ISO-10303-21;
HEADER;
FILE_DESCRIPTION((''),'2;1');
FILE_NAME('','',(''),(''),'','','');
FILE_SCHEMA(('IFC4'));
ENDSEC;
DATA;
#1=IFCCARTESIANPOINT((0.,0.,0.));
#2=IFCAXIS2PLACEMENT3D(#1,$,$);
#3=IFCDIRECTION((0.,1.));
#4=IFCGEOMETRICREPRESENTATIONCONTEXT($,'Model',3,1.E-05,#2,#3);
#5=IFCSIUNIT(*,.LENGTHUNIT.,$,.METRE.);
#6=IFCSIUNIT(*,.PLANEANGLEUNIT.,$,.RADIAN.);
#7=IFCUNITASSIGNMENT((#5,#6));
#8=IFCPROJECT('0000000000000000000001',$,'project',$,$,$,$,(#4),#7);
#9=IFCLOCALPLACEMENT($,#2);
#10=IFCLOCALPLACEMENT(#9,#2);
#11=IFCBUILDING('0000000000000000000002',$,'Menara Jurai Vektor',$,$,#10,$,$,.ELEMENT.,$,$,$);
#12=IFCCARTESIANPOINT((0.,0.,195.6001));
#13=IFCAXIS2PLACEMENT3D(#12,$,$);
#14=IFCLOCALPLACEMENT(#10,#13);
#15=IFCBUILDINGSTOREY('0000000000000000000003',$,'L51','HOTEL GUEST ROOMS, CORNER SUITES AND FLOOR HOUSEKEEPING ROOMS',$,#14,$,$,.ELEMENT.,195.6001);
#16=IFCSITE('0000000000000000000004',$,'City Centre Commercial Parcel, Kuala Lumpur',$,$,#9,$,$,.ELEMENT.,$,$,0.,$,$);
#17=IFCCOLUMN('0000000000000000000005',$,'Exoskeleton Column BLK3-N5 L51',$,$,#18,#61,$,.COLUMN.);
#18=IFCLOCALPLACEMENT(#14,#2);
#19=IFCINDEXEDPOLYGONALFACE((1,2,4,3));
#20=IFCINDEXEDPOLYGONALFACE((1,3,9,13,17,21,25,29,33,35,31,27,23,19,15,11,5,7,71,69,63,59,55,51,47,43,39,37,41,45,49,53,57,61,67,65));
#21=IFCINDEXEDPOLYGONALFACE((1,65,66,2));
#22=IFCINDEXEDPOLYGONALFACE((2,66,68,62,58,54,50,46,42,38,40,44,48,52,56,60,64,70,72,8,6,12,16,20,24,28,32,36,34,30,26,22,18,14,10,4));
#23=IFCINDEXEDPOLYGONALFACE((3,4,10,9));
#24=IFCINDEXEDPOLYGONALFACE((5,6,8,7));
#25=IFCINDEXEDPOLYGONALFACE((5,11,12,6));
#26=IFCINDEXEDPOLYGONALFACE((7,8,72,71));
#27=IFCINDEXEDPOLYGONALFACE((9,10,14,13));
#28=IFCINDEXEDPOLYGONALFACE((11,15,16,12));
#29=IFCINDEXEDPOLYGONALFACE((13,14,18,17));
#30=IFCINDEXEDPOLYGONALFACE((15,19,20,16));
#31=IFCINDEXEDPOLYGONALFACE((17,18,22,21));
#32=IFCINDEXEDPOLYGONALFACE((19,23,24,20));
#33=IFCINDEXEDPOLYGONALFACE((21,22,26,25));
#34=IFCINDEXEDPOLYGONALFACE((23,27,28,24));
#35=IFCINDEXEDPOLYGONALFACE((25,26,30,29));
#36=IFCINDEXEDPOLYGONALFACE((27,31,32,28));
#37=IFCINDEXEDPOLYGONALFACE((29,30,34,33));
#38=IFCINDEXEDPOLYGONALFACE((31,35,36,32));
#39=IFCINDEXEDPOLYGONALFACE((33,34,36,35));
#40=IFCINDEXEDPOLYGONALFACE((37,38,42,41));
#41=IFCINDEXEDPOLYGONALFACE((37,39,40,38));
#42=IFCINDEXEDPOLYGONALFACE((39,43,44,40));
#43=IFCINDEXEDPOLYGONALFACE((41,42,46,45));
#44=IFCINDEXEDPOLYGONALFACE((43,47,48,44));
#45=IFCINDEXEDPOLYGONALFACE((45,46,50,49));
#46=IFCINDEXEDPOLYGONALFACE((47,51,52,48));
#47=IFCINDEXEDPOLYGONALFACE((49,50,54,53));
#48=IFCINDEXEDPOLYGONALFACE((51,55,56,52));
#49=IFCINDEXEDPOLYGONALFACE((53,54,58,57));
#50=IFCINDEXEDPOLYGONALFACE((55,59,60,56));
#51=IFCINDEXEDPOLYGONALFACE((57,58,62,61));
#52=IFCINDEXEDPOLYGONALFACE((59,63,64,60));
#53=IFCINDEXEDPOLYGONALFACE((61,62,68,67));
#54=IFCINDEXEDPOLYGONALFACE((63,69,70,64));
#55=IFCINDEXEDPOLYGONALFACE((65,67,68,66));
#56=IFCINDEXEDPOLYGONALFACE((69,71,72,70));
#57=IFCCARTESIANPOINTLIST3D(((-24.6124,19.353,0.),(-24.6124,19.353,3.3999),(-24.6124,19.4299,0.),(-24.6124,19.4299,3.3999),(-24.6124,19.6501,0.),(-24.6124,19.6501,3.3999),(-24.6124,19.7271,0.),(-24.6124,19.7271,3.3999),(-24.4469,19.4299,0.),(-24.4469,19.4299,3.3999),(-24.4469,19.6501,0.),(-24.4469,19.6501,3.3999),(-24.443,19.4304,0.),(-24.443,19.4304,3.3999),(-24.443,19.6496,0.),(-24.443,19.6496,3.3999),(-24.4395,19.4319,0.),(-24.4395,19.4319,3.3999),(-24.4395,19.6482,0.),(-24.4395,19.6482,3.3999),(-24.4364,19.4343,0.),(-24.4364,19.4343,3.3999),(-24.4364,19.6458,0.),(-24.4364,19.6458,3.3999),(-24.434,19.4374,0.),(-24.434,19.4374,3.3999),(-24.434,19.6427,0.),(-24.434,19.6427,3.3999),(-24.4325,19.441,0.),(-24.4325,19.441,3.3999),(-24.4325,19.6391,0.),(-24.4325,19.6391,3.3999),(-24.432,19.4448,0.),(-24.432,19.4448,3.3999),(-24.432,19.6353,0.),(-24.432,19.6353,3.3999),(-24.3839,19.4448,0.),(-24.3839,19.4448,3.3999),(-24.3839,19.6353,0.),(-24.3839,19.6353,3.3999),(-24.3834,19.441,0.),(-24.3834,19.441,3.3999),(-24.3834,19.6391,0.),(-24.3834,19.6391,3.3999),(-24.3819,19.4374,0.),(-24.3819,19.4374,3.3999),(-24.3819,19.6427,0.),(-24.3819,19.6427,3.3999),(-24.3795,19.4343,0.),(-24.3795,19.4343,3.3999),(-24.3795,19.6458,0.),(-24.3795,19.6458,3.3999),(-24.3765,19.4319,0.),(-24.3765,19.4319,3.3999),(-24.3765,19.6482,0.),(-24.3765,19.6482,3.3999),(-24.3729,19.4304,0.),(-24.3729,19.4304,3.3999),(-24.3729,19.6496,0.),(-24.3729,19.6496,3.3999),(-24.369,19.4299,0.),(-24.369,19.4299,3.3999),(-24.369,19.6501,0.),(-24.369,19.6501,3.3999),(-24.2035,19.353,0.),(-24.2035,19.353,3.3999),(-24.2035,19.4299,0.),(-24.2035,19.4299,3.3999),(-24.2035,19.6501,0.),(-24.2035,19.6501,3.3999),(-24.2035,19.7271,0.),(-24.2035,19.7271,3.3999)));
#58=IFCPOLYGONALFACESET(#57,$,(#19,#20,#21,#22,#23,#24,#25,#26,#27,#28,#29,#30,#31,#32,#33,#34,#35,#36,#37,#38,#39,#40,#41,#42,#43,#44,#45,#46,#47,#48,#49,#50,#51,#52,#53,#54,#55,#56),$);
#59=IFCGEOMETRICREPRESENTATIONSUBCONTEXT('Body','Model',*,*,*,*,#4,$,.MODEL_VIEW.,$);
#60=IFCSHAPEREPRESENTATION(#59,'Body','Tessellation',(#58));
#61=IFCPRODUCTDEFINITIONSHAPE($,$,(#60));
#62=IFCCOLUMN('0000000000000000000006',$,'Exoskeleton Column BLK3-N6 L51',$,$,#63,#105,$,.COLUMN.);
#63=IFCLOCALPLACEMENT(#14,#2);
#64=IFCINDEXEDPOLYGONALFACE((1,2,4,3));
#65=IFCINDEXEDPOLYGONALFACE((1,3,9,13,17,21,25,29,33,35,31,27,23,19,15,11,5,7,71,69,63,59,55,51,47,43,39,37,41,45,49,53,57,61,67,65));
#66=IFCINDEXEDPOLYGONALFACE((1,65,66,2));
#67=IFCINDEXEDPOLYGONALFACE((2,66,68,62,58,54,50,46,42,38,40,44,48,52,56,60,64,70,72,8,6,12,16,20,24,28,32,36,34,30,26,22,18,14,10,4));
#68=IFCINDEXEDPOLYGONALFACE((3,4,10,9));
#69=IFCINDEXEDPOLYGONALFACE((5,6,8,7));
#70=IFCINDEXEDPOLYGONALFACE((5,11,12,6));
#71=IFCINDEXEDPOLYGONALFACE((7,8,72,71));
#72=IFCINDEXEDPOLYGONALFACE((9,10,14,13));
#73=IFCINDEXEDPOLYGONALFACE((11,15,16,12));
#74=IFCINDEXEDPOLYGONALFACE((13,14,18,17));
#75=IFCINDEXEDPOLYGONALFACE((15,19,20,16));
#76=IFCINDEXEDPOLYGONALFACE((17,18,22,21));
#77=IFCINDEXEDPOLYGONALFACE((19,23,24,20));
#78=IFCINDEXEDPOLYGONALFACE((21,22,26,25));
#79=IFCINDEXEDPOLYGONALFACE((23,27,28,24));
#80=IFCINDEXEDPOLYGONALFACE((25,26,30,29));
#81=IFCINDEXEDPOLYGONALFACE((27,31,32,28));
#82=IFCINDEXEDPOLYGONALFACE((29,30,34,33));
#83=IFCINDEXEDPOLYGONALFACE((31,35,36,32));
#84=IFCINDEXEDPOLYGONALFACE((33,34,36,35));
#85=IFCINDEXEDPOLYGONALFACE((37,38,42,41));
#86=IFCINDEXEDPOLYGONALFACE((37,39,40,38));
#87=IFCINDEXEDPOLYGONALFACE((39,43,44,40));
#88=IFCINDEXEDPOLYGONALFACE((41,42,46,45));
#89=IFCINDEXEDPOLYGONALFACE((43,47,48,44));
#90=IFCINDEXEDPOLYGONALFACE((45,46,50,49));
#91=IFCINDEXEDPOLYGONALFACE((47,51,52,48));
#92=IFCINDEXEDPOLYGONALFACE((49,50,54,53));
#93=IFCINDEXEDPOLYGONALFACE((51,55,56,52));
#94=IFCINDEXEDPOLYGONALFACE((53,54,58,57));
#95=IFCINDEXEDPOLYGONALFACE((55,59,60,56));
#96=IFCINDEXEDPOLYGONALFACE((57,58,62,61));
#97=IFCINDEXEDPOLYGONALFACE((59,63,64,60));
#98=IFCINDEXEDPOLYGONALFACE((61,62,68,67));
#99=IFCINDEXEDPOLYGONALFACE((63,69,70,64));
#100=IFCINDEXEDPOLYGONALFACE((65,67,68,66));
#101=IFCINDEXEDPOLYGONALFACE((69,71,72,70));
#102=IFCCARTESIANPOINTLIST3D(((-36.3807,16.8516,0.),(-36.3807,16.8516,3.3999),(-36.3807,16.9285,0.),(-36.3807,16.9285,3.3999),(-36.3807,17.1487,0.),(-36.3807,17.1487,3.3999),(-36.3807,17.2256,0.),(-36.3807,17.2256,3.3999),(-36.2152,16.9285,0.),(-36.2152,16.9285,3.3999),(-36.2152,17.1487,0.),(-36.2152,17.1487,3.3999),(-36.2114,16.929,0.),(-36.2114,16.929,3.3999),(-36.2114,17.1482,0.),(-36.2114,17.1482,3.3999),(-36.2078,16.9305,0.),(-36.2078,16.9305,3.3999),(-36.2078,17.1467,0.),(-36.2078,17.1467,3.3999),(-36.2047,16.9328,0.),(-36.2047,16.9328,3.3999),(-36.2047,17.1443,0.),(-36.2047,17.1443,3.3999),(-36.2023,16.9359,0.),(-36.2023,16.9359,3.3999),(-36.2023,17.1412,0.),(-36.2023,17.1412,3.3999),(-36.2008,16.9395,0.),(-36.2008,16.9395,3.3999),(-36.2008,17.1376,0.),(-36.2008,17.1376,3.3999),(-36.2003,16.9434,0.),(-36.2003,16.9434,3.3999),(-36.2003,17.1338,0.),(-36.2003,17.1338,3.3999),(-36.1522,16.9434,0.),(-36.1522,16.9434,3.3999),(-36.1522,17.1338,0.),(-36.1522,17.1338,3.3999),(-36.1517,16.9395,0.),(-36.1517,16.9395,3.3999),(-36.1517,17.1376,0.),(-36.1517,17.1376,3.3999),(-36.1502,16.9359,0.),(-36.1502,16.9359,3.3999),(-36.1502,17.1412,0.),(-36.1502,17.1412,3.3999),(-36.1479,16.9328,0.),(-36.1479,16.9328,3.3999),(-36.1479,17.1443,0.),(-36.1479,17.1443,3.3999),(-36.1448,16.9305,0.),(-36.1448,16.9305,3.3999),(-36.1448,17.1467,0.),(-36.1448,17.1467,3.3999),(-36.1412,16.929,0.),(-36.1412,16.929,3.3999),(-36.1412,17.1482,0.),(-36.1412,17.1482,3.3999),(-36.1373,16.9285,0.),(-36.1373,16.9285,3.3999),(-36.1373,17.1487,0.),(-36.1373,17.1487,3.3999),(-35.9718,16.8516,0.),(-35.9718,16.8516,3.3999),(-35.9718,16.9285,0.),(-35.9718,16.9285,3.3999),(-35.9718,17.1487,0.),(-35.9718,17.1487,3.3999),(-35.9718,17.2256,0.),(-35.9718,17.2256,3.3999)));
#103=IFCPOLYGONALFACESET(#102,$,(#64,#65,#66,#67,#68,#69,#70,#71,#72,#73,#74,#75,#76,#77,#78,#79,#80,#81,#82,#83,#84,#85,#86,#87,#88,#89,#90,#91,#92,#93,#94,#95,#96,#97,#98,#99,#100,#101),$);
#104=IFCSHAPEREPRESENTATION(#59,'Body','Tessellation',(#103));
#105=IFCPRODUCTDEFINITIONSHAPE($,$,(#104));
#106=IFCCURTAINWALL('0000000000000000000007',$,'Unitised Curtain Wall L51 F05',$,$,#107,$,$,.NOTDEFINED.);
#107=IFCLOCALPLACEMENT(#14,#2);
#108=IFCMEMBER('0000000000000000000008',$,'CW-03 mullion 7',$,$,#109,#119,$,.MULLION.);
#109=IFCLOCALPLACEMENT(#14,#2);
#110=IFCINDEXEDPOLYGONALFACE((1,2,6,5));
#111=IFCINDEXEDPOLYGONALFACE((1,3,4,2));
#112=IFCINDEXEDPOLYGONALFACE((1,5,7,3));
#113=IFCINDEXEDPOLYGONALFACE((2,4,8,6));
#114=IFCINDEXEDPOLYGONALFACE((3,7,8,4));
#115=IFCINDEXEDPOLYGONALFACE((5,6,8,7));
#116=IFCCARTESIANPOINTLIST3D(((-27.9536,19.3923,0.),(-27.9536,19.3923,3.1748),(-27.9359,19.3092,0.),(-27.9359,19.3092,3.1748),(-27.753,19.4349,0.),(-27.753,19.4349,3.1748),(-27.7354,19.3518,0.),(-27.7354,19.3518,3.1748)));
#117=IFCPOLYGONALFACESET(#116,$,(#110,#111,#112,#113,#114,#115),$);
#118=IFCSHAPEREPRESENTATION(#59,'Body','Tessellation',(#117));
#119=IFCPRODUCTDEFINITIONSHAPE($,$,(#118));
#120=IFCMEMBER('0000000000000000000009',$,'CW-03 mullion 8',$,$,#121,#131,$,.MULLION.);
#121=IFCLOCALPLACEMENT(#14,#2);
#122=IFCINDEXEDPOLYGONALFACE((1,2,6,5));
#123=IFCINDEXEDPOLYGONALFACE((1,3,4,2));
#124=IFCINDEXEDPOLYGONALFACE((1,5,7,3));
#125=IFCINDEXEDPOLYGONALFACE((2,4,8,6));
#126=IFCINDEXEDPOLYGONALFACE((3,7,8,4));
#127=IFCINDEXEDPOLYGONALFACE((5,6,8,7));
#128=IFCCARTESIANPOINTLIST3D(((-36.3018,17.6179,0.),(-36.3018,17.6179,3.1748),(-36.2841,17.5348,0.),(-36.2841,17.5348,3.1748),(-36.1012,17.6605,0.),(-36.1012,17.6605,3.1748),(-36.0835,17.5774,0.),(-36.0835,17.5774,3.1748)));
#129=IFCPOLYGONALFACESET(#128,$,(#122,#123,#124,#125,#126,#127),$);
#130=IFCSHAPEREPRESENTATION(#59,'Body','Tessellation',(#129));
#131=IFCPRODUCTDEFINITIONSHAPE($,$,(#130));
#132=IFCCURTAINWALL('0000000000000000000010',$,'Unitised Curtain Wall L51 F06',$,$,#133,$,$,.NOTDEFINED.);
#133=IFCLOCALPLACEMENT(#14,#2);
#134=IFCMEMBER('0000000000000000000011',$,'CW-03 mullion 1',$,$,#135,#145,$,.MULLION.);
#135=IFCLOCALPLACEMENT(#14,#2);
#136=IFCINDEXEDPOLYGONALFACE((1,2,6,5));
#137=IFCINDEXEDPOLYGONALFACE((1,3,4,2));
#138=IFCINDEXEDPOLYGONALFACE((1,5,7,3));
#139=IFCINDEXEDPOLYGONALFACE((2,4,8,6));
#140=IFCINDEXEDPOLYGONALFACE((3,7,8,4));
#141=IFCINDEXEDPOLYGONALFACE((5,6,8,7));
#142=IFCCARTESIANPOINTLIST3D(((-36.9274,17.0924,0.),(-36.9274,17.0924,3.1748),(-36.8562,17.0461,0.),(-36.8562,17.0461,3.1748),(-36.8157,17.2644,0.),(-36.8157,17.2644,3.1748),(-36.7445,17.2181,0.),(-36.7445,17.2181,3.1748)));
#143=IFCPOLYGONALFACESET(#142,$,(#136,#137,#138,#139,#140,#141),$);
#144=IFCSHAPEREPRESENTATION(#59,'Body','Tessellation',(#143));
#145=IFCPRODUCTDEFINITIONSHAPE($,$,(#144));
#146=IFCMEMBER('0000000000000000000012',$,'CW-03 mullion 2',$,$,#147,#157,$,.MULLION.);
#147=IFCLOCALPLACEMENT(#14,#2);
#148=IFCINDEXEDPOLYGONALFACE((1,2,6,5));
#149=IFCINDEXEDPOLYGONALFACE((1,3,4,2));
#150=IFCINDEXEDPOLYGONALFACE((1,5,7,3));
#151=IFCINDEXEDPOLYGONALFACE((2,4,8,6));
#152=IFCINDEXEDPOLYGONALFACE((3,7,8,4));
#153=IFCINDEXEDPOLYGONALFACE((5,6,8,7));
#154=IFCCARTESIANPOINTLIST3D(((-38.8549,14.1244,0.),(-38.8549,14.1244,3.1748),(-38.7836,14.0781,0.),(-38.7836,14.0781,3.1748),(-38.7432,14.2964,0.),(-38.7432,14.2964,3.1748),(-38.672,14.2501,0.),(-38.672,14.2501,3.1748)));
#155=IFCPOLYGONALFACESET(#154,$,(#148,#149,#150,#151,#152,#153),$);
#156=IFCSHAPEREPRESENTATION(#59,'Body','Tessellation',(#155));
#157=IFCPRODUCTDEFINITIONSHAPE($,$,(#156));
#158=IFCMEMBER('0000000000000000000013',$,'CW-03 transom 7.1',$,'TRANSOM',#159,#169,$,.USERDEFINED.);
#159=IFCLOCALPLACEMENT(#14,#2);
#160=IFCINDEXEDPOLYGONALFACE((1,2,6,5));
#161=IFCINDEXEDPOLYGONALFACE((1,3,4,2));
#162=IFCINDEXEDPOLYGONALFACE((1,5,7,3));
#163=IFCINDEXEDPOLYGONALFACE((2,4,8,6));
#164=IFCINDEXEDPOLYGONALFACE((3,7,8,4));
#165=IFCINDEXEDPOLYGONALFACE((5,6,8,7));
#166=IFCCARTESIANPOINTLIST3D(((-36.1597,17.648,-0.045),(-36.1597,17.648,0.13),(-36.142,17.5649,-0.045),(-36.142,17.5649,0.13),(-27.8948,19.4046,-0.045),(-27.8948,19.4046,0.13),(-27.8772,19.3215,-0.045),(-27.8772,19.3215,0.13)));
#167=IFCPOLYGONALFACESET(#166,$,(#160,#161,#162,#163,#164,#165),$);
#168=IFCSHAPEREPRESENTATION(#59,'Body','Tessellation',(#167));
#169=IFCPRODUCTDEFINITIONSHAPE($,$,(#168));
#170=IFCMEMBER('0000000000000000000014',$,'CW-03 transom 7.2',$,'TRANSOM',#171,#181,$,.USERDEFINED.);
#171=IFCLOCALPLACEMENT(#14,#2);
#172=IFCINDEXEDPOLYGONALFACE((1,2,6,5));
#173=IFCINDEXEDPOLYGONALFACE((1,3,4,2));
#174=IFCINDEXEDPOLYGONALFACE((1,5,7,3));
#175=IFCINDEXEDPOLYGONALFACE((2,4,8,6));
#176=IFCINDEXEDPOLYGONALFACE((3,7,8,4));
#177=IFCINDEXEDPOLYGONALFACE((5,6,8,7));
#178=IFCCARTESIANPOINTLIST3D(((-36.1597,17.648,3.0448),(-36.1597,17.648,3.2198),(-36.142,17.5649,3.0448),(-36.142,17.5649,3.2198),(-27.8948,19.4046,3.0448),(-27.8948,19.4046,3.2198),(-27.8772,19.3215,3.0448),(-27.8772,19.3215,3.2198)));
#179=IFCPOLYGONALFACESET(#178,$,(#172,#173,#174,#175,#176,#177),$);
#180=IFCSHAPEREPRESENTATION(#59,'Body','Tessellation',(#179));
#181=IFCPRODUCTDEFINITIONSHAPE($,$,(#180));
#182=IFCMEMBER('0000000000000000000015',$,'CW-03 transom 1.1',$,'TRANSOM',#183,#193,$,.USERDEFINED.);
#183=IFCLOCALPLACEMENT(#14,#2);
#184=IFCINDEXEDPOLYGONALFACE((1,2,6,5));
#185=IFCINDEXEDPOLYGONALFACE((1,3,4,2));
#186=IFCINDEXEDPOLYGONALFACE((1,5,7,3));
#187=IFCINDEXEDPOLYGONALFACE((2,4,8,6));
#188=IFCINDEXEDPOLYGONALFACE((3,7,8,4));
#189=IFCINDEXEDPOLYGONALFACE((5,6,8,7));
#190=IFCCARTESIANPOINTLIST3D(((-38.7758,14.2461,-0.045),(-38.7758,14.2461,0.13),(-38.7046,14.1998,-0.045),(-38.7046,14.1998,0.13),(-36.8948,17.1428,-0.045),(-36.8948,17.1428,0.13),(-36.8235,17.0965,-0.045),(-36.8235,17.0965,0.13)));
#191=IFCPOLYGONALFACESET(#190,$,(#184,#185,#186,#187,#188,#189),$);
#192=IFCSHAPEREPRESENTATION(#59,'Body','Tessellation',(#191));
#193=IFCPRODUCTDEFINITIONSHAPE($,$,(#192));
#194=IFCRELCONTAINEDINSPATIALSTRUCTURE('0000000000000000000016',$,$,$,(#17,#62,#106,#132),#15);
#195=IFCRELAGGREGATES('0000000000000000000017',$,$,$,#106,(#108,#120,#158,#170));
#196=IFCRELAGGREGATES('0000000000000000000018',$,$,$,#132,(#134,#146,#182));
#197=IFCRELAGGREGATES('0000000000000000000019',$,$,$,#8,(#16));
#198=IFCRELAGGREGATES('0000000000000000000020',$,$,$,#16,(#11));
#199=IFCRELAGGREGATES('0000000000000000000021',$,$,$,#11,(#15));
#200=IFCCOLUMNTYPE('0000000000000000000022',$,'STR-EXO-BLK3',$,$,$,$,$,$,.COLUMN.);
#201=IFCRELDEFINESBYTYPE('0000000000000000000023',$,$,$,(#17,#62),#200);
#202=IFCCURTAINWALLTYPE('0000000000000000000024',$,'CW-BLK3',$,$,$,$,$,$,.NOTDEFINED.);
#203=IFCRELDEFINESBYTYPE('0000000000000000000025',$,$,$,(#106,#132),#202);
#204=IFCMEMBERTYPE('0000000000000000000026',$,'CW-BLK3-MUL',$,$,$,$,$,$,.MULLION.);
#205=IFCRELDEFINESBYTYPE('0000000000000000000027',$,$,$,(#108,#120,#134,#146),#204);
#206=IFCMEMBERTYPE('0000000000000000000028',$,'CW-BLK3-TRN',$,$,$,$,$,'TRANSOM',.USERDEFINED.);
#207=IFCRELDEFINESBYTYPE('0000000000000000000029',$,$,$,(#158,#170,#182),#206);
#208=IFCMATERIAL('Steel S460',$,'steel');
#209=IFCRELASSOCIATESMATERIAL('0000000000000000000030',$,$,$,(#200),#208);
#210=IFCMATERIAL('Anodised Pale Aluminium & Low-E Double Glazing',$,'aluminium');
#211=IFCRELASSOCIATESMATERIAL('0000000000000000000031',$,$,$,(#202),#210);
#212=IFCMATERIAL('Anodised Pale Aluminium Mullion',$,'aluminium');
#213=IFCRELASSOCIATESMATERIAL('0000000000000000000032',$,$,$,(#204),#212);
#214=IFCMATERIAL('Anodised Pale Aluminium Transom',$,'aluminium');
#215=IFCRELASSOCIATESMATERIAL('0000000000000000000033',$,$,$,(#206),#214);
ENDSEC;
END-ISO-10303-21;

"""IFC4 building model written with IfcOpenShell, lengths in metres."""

from ifc_helpers import new_model, si_unit, direction, frame, origin, origin_2d, place, context, subcontext, project, spatial, rectangle, i_section, extrude, material, material_profile, profile_set, type_object, element, aggregate, save


model = new_model("IFC4")

# Units and contexts
model_context = context("Model", 3, precision=1e-05, world=origin(), true_north=direction((0.0, 1.0)))
body_context = subcontext(model_context, "Body", "Model", "MODEL_VIEW")
ifc_project = project(units=[si_unit("LENGTHUNIT", "METRE"), si_unit("PLANEANGLEUNIT", "RADIAN")], contexts=[model_context])

# Site, building, storey
site_placement = place(None, origin())
site = spatial("IfcSite", under=ifc_project, at=site_placement, Name="City Centre Commercial Parcel, Kuala Lumpur", CompositionType="ELEMENT", RefElevation=0.0)
building_placement = place(site_placement, origin())
building = spatial("IfcBuilding", under=site, at=building_placement, Name="Menara Jurai Vektor", CompositionType="ELEMENT")
storey_placement = place(building_placement, frame((0.0, 0.0, 195.6001)))
storey = spatial("IfcBuildingStorey", under=building, at=storey_placement, Name="L51", Description="HOTEL GUEST ROOMS, CORNER SUITES AND FLOOR HOUSEKEEPING ROOMS", CompositionType="ELEMENT", Elevation=195.6001)

# Columns
ifc_material_1 = material(Name="Steel S460", Category="steel")
ifc_material_profile_1 = material_profile(ifc_material_1, i_section(OverallWidth=0.4089, OverallDepth=0.374, WebThickness=0.0481, FlangeThickness=0.0769, FilletRadius=0.0149, at=origin_2d()), Name="HD 400x634")
ifc_profile_set_1 = profile_set([ifc_material_profile_1], Name="Steel S460")
column_type = type_object("IfcColumnType", Name="STR-EXO-BLK3", PredefinedType="COLUMN", material=ifc_profile_set_1)
for number, where, z_axis, x_axis, name in (
    (1, (-24.408, 19.54, 0.0), (0.0, 0.0, 1.0), (1.0, 0.0, 0.0), "Exoskeleton Column BLK3-N5 L51"),
    (2, (-36.1763, 17.0386, 0.0), (0.0, 0.0, 1.0), (1.0, 0.0, 0.0), "Exoskeleton Column BLK3-N6 L51"),
):
    element("IfcColumn", number, at=place(storey_placement, frame(where, z_axis=z_axis, x_axis=x_axis)), inside=storey, type_object=column_type, Name=name, PredefinedType="COLUMN", context=body_context, shape_type="SweptSolid", body=[
        extrude(i_section(OverallWidth=0.4089, OverallDepth=0.374, WebThickness=0.0481, FlangeThickness=0.0769, FilletRadius=0.0149, at=origin_2d()), origin(), (0.0, 0.0, 1.0), 3.3999),
    ])

# Curtain walls, members
ifc_material_2 = material(Name="Anodised Pale Aluminium & Low-E Double Glazing", Category="aluminium")
curtain_wall_type = type_object("IfcCurtainWallType", Name="CW-BLK3", PredefinedType="NOTDEFINED", material=ifc_material_2)
curtain_wall_1_placement = place(storey_placement, origin())
curtain_wall_1 = element("IfcCurtainWall", 3, at=curtain_wall_1_placement, inside=storey, type_object=curtain_wall_type, Name="Unitised Curtain Wall L51 F05", PredefinedType="NOTDEFINED")
ifc_material_3 = material(Name="Anodised Pale Aluminium Mullion", Category="aluminium")
ifc_material_profile_2 = material_profile(ifc_material_3, rectangle(XDim=0.085, YDim=0.2051, at=origin_2d()), Name="ALU MUL 85x205")
ifc_profile_set_2 = profile_set([ifc_material_profile_2], Name="Anodised Pale Aluminium Mullion")
member_type_1 = type_object("IfcMemberType", Name="CW-BLK3-MUL", PredefinedType="MULLION", material=ifc_profile_set_2)
member_1_placement = place(storey_placement, frame((-27.8445, 19.3721, 0.0), z_axis=(0.0, 0.0, 1.0), x_axis=(0.207911, -0.978148, 0.0)))
member_1 = element("IfcMember", 4, at=member_1_placement, type_object=member_type_1, Name="CW-03 mullion 7", PredefinedType="MULLION", context=body_context, shape_type="SweptSolid", body=[
    extrude(rectangle(XDim=0.085, YDim=0.2051, at=origin_2d()), origin(), (0.0, 0.0, 1.0), 3.1748),
])
member_2_placement = place(storey_placement, frame((-36.1926, 17.5977, 0.0), z_axis=(0.0, 0.0, 1.0), x_axis=(0.207911, -0.978148, 0.0)))
member_2 = element("IfcMember", 5, at=member_2_placement, type_object=member_type_1, Name="CW-03 mullion 8", PredefinedType="MULLION", context=body_context, shape_type="SweptSolid", body=[
    extrude(rectangle(XDim=0.085, YDim=0.2051, at=origin_2d()), origin(), (0.0, 0.0, 1.0), 3.1748),
])
curtain_wall_2_placement = place(storey_placement, origin())
curtain_wall_2 = element("IfcCurtainWall", 6, at=curtain_wall_2_placement, inside=storey, type_object=curtain_wall_type, Name="Unitised Curtain Wall L51 F06", PredefinedType="NOTDEFINED")
member_3_placement = place(storey_placement, frame((-36.8359, 17.1553, 0.0), z_axis=(0.0, 0.0, 1.0), x_axis=(0.838684, -0.544618, 0.0)))
member_3 = element("IfcMember", 7, at=member_3_placement, type_object=member_type_1, Name="CW-03 mullion 1", PredefinedType="MULLION", context=body_context, shape_type="SweptSolid", body=[
    extrude(rectangle(XDim=0.085, YDim=0.2051, at=origin_2d()), origin(), (0.0, 0.0, 1.0), 3.1748),
])
member_4_placement = place(storey_placement, frame((-38.7634, 14.1873, 0.0), z_axis=(0.0, 0.0, 1.0), x_axis=(0.838684, -0.544618, 0.0)))
member_4 = element("IfcMember", 8, at=member_4_placement, type_object=member_type_1, Name="CW-03 mullion 2", PredefinedType="MULLION", context=body_context, shape_type="SweptSolid", body=[
    extrude(rectangle(XDim=0.085, YDim=0.2051, at=origin_2d()), origin(), (0.0, 0.0, 1.0), 3.1748),
])

# Members
ifc_material_4 = material(Name="Anodised Pale Aluminium Transom", Category="aluminium")
ifc_material_profile_3 = material_profile(ifc_material_4, rectangle(XDim=0.085, YDim=0.175, at=origin_2d()), Name="ALU TRN 85x175")
ifc_profile_set_3 = profile_set([ifc_material_profile_3], Name="Anodised Pale Aluminium Transom")
member_type_2 = type_object("IfcMemberType", Name="CW-BLK3-TRN", ElementType="TRANSOM", PredefinedType="USERDEFINED", material=ifc_profile_set_3)
member_5_placement = place(storey_placement, frame((-27.886, 19.363, 0.0425), z_axis=(-0.978152, -0.207893, 0.0), x_axis=(0.207893, -0.978152, 0.0)))
member_5 = element("IfcMember", 9, at=member_5_placement, type_object=member_type_2, Name="CW-03 transom 7.1", ObjectType="TRANSOM", PredefinedType="USERDEFINED", context=body_context, shape_type="SweptSolid", body=[
    extrude(rectangle(XDim=0.085, YDim=0.175, at=origin_2d()), origin(), (0.0, 0.0, 1.0), 8.4495),
])
member_6_placement = place(storey_placement, frame((-27.886, 19.363, 3.1323), z_axis=(-0.978152, -0.207893, 0.0), x_axis=(0.207893, -0.978152, 0.0)))
member_6 = element("IfcMember", 10, at=member_6_placement, type_object=member_type_2, Name="CW-03 transom 7.2", ObjectType="TRANSOM", PredefinedType="USERDEFINED", context=body_context, shape_type="SweptSolid", body=[
    extrude(rectangle(XDim=0.085, YDim=0.175, at=origin_2d()), origin(), (0.0, 0.0, 1.0), 8.4495),
])
member_7_placement = place(storey_placement, frame((-36.8591, 17.1196, 0.0425), z_axis=(-0.544628, -0.838678, 0.0), x_axis=(0.838678, -0.544628, 0.0)))
member_7 = element("IfcMember", 11, at=member_7_placement, type_object=member_type_2, Name="CW-03 transom 1.1", ObjectType="TRANSOM", PredefinedType="USERDEFINED", context=body_context, shape_type="SweptSolid", body=[
    extrude(rectangle(XDim=0.085, YDim=0.175, at=origin_2d()), origin(), (0.0, 0.0, 1.0), 3.4539),
])

aggregate(curtain_wall_1, [member_1, member_2, member_5, member_6])
aggregate(curtain_wall_2, [member_3, member_4, member_7])

save(model, "model.ifc")
